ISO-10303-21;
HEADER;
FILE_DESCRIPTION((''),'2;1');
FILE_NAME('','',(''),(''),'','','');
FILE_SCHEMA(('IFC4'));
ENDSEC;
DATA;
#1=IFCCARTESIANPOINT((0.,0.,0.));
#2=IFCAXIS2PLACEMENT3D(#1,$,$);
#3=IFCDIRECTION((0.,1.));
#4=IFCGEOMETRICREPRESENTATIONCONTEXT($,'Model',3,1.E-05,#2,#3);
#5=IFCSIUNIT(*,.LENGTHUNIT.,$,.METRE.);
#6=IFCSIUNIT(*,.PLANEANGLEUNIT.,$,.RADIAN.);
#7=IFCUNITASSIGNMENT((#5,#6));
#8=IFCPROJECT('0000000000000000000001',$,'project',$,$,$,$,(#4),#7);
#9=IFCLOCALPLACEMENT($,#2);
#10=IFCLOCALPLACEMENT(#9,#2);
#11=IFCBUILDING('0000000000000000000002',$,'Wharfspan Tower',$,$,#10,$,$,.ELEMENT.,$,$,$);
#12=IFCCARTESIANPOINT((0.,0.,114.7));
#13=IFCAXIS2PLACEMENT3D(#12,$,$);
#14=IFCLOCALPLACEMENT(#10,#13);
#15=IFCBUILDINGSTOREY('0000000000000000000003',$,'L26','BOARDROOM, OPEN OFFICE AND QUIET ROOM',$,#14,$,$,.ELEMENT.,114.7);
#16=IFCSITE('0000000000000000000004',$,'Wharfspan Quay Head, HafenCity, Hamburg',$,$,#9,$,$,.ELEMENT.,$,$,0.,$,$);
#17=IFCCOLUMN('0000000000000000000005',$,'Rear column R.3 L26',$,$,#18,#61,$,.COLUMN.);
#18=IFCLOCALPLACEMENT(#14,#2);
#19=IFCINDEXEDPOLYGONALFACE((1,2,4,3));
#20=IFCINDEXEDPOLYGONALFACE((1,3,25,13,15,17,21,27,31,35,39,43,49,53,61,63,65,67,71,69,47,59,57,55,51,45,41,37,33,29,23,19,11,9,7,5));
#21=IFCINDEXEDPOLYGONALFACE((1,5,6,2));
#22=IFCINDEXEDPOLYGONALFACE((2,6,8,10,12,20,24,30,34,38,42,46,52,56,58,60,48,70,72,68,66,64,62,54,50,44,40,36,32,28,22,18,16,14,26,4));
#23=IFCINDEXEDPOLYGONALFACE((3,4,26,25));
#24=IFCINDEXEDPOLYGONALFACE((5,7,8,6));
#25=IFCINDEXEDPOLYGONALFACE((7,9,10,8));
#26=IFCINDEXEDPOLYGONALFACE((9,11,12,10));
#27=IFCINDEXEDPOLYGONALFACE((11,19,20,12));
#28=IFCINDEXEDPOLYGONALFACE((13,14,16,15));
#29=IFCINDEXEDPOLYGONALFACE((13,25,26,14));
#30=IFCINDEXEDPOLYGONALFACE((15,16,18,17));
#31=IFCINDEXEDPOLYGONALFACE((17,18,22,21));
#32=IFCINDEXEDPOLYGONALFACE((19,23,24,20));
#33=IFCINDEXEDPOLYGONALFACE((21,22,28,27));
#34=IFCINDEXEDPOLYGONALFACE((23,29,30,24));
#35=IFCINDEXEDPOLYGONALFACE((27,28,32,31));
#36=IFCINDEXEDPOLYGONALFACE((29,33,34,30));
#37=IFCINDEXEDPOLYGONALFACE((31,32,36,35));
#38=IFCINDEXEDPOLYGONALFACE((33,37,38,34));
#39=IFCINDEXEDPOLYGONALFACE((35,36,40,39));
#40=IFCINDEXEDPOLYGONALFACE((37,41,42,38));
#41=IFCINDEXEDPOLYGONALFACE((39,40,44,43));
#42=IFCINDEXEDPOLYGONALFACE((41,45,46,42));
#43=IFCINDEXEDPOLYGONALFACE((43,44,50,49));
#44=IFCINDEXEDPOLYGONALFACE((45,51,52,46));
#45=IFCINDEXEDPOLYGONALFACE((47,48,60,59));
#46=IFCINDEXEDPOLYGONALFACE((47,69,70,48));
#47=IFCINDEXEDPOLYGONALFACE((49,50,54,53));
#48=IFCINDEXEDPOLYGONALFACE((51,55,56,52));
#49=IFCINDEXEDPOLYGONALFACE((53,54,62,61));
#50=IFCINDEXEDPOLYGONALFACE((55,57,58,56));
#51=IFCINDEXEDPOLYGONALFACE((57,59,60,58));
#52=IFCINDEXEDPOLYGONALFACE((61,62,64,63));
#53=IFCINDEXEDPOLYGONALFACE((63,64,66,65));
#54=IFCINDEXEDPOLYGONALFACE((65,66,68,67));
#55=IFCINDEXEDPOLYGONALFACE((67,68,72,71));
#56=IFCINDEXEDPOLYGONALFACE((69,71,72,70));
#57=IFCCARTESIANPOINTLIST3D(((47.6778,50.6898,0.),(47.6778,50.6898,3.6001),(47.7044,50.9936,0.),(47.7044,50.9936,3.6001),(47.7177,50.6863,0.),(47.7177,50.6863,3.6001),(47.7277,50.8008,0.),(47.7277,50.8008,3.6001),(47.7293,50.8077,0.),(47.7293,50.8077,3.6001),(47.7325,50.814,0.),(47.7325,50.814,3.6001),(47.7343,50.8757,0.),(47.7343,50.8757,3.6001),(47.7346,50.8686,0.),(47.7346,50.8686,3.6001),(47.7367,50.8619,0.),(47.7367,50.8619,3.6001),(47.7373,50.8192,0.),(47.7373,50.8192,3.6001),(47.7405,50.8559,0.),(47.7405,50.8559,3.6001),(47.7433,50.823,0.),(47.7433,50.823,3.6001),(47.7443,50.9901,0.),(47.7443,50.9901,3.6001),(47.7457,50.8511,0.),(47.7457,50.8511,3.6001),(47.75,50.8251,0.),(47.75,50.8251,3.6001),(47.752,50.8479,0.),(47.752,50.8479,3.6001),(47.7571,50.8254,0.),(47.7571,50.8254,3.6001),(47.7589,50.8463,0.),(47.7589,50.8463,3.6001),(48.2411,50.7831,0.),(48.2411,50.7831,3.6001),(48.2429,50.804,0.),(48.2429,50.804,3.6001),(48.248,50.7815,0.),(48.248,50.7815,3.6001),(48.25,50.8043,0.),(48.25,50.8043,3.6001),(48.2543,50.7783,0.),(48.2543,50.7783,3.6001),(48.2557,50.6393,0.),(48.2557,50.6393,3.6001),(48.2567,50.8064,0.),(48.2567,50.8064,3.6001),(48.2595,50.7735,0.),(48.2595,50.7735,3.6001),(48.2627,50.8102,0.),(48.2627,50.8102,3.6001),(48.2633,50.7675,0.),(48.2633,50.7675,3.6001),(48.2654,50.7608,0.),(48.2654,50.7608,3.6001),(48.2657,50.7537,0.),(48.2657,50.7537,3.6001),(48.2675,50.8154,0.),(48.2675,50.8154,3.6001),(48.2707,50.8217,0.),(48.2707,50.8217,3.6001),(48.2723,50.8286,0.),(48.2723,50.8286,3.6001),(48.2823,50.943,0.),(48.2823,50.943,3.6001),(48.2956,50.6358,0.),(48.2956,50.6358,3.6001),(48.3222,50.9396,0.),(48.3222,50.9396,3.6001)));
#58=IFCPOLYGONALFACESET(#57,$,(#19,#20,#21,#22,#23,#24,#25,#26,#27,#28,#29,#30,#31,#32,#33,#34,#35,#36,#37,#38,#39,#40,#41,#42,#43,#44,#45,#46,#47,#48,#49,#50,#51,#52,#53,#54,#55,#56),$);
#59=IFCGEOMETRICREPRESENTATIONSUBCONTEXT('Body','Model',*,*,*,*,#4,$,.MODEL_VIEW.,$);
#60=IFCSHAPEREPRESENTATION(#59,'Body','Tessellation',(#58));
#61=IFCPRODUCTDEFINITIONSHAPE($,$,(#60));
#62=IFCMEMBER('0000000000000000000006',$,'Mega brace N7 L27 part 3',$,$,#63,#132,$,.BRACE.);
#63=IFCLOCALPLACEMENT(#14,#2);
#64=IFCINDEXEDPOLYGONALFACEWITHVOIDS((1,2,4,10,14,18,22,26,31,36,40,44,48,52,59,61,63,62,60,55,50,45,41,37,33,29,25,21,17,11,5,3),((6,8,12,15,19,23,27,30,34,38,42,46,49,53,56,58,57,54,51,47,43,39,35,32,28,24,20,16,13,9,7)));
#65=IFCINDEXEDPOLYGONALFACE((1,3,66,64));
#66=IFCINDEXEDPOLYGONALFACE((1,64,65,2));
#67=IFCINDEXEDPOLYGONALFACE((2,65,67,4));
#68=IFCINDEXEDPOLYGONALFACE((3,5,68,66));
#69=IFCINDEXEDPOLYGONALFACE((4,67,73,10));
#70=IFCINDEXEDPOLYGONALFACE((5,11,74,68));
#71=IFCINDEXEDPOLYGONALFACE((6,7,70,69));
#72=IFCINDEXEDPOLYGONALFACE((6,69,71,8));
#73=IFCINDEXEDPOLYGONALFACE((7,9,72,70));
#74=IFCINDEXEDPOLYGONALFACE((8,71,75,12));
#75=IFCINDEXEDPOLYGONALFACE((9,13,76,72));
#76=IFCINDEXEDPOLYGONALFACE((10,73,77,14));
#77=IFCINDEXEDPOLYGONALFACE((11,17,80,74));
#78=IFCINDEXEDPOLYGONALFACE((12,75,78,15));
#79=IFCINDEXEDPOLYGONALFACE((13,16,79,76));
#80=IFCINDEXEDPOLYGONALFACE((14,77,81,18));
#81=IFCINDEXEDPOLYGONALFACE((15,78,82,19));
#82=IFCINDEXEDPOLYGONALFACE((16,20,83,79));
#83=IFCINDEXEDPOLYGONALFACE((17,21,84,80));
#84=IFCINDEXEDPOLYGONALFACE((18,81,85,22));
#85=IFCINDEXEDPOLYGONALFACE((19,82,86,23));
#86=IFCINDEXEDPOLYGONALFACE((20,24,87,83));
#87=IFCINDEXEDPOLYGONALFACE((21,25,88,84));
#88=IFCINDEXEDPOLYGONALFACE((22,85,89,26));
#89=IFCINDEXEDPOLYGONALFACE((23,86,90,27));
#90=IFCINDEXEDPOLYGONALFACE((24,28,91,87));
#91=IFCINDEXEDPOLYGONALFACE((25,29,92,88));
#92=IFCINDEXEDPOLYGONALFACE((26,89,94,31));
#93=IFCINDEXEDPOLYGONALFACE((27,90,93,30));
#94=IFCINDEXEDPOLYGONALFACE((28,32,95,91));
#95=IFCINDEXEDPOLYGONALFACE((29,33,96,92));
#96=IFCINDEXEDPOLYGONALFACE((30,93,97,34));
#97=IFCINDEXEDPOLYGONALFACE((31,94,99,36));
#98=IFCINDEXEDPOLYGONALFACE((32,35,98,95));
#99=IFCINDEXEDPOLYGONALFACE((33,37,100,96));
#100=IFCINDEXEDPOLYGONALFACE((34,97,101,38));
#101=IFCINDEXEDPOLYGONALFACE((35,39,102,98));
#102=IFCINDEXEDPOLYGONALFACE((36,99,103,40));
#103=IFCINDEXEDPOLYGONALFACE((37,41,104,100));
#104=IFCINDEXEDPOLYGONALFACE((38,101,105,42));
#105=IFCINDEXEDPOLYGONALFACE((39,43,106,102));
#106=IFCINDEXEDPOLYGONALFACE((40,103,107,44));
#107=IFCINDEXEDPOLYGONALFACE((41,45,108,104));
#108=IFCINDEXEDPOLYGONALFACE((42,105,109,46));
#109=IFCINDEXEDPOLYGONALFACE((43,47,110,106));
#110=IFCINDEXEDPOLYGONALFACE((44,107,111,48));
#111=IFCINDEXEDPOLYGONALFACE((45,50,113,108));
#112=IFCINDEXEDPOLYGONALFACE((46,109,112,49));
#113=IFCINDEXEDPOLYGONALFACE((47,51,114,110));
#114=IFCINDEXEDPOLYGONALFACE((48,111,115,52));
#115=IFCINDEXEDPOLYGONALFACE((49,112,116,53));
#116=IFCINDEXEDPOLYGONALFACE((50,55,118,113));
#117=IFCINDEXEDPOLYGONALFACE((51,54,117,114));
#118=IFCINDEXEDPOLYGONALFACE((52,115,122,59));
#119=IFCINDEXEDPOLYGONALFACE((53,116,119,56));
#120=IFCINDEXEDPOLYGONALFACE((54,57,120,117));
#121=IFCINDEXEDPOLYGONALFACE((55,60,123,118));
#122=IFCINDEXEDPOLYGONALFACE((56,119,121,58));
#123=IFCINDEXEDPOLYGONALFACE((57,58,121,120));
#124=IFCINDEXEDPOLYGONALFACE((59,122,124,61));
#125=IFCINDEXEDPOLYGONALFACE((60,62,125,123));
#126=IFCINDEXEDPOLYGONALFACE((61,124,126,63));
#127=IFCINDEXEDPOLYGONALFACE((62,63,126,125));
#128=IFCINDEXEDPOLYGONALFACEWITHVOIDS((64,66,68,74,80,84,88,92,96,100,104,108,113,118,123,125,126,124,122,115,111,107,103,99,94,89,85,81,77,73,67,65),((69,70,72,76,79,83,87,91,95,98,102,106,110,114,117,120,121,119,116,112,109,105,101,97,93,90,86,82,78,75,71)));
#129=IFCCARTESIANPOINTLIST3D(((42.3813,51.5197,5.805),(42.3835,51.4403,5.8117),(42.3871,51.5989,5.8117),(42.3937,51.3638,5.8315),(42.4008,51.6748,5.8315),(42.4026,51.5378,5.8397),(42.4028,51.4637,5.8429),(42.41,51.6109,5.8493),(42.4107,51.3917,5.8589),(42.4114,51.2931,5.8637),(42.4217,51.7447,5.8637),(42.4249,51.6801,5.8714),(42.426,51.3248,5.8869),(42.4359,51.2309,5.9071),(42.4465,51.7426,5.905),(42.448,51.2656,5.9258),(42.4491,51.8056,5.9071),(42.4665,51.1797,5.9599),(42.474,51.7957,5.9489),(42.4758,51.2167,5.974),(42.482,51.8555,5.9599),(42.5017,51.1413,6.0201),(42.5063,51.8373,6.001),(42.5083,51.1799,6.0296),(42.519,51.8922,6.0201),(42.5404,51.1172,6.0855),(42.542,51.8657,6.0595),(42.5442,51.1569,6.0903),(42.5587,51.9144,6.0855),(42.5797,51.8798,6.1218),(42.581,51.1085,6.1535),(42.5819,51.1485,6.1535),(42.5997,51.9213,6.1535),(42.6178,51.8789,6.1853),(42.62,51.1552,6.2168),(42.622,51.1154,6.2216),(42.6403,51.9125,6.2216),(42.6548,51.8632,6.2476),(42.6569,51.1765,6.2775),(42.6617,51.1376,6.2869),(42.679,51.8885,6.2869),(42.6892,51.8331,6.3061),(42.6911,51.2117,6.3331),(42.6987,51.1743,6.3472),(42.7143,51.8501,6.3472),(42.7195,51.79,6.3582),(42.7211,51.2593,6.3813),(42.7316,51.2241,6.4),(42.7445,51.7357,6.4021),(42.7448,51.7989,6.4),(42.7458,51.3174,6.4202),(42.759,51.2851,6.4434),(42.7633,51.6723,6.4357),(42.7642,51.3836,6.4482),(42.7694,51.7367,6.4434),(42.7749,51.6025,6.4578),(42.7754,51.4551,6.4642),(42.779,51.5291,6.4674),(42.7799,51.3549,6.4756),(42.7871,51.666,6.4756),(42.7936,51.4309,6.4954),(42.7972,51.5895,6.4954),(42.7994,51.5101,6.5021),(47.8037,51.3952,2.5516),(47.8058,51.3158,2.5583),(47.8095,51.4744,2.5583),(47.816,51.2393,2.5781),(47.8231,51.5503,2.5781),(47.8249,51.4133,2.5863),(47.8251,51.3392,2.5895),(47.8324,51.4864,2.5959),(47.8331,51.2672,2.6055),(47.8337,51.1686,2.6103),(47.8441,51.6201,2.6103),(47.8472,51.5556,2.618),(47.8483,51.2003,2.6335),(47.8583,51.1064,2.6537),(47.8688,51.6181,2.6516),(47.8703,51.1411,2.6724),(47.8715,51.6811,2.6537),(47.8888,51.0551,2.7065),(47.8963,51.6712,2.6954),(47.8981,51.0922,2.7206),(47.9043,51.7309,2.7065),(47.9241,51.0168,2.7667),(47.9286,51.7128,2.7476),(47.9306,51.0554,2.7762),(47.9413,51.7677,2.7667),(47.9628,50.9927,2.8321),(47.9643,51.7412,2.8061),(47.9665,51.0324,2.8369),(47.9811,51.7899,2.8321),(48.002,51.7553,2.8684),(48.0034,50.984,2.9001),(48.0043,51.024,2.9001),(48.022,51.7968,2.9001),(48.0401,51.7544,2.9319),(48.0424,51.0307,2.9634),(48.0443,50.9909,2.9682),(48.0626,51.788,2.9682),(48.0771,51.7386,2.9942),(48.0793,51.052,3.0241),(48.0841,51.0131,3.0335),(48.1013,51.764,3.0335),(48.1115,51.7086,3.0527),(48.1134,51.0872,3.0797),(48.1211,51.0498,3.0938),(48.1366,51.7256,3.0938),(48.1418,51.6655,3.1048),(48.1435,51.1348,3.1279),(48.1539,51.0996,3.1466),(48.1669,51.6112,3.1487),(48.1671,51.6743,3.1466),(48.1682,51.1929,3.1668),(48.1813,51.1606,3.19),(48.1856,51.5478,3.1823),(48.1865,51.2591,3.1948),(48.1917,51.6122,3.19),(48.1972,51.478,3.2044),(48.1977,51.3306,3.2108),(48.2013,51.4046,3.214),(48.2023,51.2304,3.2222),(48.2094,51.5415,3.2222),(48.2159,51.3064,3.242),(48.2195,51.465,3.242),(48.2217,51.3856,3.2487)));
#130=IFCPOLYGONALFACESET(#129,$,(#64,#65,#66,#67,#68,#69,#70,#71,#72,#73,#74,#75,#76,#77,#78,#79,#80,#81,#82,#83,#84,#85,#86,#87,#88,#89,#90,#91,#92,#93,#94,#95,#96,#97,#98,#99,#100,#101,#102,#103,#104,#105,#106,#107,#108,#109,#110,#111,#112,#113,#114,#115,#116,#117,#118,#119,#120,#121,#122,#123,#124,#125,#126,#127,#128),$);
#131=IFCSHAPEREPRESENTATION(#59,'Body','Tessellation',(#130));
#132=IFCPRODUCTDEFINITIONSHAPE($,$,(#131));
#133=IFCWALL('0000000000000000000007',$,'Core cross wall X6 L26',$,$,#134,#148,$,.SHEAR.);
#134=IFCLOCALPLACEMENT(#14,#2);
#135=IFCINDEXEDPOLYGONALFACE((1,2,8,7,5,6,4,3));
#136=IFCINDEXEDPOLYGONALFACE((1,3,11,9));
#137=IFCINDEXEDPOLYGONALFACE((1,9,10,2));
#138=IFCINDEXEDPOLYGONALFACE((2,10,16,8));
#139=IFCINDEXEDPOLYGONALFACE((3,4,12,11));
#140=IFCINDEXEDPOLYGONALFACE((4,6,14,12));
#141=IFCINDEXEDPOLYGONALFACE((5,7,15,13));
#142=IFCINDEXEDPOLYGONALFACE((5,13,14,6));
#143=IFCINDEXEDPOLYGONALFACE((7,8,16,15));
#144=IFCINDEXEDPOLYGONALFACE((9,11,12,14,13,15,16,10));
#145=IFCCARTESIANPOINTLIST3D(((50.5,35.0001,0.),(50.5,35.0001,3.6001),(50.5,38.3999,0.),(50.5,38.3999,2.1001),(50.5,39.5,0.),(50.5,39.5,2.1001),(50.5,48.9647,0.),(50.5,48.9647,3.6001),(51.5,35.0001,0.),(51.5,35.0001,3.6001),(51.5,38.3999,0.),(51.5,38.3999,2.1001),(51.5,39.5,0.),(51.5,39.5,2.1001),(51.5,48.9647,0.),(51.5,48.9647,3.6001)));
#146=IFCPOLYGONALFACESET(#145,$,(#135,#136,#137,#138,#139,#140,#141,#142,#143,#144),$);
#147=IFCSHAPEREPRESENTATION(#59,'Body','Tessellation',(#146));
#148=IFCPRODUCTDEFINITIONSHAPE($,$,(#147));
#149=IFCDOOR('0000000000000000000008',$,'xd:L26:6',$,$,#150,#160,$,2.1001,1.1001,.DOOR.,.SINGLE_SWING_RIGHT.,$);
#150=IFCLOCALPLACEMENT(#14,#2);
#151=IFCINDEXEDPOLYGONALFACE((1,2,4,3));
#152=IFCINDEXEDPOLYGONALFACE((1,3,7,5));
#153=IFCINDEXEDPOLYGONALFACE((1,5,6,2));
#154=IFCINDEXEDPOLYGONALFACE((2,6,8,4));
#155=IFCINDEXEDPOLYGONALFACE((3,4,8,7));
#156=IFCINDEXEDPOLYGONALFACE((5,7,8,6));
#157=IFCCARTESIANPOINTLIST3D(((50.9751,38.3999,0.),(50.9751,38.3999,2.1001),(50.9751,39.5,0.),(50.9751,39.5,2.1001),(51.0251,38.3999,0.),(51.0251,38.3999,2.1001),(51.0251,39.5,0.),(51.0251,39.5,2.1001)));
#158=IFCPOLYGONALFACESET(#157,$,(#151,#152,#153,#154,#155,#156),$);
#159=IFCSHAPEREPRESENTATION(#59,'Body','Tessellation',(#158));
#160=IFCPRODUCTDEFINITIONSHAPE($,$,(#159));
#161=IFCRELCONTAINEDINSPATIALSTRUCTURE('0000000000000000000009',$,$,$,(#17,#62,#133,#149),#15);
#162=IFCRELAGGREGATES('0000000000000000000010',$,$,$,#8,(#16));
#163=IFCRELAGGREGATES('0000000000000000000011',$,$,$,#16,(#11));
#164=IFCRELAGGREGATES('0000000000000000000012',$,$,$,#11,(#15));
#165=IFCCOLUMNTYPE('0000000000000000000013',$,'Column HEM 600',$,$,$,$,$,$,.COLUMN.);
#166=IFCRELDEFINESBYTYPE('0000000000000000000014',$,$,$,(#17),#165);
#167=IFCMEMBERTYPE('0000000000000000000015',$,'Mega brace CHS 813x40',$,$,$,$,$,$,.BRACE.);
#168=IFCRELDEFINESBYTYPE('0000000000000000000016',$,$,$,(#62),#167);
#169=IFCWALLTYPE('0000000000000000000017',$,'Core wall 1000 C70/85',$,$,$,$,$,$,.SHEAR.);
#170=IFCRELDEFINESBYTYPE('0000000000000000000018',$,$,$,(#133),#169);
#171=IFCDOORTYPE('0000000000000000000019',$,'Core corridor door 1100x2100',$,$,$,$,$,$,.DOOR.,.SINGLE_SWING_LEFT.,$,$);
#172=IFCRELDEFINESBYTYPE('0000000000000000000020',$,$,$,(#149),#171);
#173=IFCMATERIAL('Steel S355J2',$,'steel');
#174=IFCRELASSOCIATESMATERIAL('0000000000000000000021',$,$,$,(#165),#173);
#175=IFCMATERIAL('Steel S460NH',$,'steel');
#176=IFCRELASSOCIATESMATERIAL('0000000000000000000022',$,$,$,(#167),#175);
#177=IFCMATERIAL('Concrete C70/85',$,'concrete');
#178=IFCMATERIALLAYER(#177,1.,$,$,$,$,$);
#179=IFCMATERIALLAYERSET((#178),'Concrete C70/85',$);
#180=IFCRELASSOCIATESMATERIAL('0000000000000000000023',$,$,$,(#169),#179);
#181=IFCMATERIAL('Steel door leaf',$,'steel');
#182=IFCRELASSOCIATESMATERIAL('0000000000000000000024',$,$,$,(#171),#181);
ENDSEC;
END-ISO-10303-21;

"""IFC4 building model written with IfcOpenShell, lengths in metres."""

from ifc_helpers import new_model, si_unit, direction, frame, frame_2d, origin, origin_2d, place, context, subcontext, project, spatial, rectangle, hollow_circle, i_section, extrude, material, layer, layer_set, material_profile, profile_set, type_object, element, fill, save


model = new_model("IFC4")

# Units and contexts
model_context = context("Model", 3, precision=1e-05, world=origin(), true_north=direction((0.0, 1.0)))
body_context = subcontext(model_context, "Body", "Model", "MODEL_VIEW")
ifc_project = project(units=[si_unit("LENGTHUNIT", "METRE"), si_unit("PLANEANGLEUNIT", "RADIAN")], contexts=[model_context])

# Site, building, storey
site_placement = place(None, origin())
site = spatial("IfcSite", under=ifc_project, at=site_placement, Name="Wharfspan Quay Head, HafenCity, Hamburg", CompositionType="ELEMENT", RefElevation=0.0)
building_placement = place(site_placement, origin())
building = spatial("IfcBuilding", under=site, at=building_placement, Name="Wharfspan Tower", CompositionType="ELEMENT")
storey_placement = place(building_placement, frame((0.0, 0.0, 114.7)))
storey = spatial("IfcBuildingStorey", under=building, at=storey_placement, Name="L26", Description="BOARDROOM, OPEN OFFICE AND QUIET ROOM", CompositionType="ELEMENT", Elevation=114.7)

# Column
ifc_material_1 = material(Name="Steel S355J2", Category="steel")
ifc_material_profile_1 = material_profile(ifc_material_1, i_section(OverallWidth=0.3049, OverallDepth=0.6201, WebThickness=0.021, FlangeThickness=0.04, FilletRadius=0.0271, at=origin_2d()))
ifc_profile_set_1 = profile_set([ifc_material_profile_1], Name="Steel S355J2")
column_type = type_object("IfcColumnType", Name="Column HEM 600", PredefinedType="COLUMN", material=ifc_profile_set_1)
column_placement = place(storey_placement, frame((48.0, 50.8147, 0.0), z_axis=(0.0, 0.0, 1.0), x_axis=(0.087156, 0.996198, 0.0)))
element("IfcColumn", 1, at=column_placement, inside=storey, type_object=column_type, Name="Rear column R.3 L26", PredefinedType="COLUMN", context=body_context, shape_type="SweptSolid", body=[
    extrude(i_section(OverallWidth=0.3049, OverallDepth=0.6201, WebThickness=0.021, FlangeThickness=0.04, FilletRadius=0.0271, at=origin_2d()), origin(), (0.0, 0.0, 1.0), 3.6001),
])

# Member
ifc_material_2 = material(Name="Steel S460NH", Category="steel")
ifc_material_profile_2 = material_profile(ifc_material_2, hollow_circle(Radius=0.4065, WallThickness=0.04, at=origin_2d()))
ifc_profile_set_2 = profile_set([ifc_material_profile_2], Name="Steel S460NH")
member_type = type_object("IfcMemberType", Name="Mega brace CHS 813x40", PredefinedType="BRACE", material=ifc_profile_set_2)
member_placement = place(storey_placement, frame((48.0127, 51.3904, 2.9001), z_axis=(-0.857327, 0.019686, 0.514396), x_axis=(-0.022956, -0.999736, 0.0)))
element("IfcMember", 2, at=member_placement, inside=storey, type_object=member_type, Name="Mega brace N7 L27 part 3", PredefinedType="BRACE", context=body_context, shape_type="SweptSolid", body=[
    extrude(hollow_circle(Radius=0.4065, WallThickness=0.04, at=origin_2d()), origin(), (0.0, 0.0, 1.0), 6.3247),
])

# Wall, opening, door
ifc_material_3 = material(Name="Concrete C70/85", Category="concrete")
ifc_layer_1 = layer(ifc_material_3, 1.0)
ifc_layer_set_1 = layer_set([ifc_layer_1], Name="Concrete C70/85")
wall_type_1 = type_object("IfcWallType", Name="Core wall 1000 C70/85", PredefinedType="SHEAR", material=ifc_layer_set_1)
wall_1_placement = place(storey_placement, frame((51.0, 35.0, 0.0), z_axis=(0.0, 0.0, 1.0), x_axis=(0.0, 1.0, 0.0)))
wall_1 = element("IfcWall", 3, at=wall_1_placement, inside=storey, type_object=wall_type_1, Name="Core cross wall X6 L26", PredefinedType="SHEAR", context=body_context, shape_type="SweptSolid", body=[
    extrude(rectangle(XDim=13.9646, YDim=1.0, at=frame_2d((6.9824, 0.0))), origin(), (0.0, 0.0, 1.0), 3.6001),
])
opening_1_placement = place(wall_1_placement, frame((3.3999, 0.0, 0.0)))
opening_1 = element("IfcOpeningElement", 4, at=opening_1_placement, cuts=wall_1, PredefinedType="OPENING", context=body_context, shape_type="SweptSolid", body=[
    extrude(rectangle(XDim=1.1001, YDim=2.1001, at=frame_2d((0.55, 1.05))), frame((0.0, 0.51, 0.0), z_axis=(0.0, -1.0, 0.0), x_axis=(1.0, 0.0, 0.0)), (0.0, 0.0, 1.0), 1.02),
])
ifc_material_4 = material(Name="Steel door leaf", Category="steel")
door_type_1 = type_object("IfcDoorType", Name="Core corridor door 1100x2100", OperationType="SINGLE_SWING_LEFT", PredefinedType="DOOR", material=ifc_material_4)
door_1_placement = place(opening_1_placement, origin())
door_1 = element("IfcDoor", 5, at=door_1_placement, inside=storey, type_object=door_type_1, Name="xd:L26:6", OperationType="SINGLE_SWING_RIGHT", OverallHeight=2.1001, OverallWidth=1.1001, PredefinedType="DOOR", context=body_context, shape_type="SweptSolid", body=[
    extrude(rectangle(XDim=1.1001, YDim=2.1001, at=frame_2d((0.55, 1.05))), frame((0.0, 0.0249, 0.0), z_axis=(0.0, -1.0, 0.0), x_axis=(1.0, 0.0, 0.0)), (0.0, 0.0, 1.0), 0.05),
])
fill(opening_1, door_1)

save(model, "model.ifc")
